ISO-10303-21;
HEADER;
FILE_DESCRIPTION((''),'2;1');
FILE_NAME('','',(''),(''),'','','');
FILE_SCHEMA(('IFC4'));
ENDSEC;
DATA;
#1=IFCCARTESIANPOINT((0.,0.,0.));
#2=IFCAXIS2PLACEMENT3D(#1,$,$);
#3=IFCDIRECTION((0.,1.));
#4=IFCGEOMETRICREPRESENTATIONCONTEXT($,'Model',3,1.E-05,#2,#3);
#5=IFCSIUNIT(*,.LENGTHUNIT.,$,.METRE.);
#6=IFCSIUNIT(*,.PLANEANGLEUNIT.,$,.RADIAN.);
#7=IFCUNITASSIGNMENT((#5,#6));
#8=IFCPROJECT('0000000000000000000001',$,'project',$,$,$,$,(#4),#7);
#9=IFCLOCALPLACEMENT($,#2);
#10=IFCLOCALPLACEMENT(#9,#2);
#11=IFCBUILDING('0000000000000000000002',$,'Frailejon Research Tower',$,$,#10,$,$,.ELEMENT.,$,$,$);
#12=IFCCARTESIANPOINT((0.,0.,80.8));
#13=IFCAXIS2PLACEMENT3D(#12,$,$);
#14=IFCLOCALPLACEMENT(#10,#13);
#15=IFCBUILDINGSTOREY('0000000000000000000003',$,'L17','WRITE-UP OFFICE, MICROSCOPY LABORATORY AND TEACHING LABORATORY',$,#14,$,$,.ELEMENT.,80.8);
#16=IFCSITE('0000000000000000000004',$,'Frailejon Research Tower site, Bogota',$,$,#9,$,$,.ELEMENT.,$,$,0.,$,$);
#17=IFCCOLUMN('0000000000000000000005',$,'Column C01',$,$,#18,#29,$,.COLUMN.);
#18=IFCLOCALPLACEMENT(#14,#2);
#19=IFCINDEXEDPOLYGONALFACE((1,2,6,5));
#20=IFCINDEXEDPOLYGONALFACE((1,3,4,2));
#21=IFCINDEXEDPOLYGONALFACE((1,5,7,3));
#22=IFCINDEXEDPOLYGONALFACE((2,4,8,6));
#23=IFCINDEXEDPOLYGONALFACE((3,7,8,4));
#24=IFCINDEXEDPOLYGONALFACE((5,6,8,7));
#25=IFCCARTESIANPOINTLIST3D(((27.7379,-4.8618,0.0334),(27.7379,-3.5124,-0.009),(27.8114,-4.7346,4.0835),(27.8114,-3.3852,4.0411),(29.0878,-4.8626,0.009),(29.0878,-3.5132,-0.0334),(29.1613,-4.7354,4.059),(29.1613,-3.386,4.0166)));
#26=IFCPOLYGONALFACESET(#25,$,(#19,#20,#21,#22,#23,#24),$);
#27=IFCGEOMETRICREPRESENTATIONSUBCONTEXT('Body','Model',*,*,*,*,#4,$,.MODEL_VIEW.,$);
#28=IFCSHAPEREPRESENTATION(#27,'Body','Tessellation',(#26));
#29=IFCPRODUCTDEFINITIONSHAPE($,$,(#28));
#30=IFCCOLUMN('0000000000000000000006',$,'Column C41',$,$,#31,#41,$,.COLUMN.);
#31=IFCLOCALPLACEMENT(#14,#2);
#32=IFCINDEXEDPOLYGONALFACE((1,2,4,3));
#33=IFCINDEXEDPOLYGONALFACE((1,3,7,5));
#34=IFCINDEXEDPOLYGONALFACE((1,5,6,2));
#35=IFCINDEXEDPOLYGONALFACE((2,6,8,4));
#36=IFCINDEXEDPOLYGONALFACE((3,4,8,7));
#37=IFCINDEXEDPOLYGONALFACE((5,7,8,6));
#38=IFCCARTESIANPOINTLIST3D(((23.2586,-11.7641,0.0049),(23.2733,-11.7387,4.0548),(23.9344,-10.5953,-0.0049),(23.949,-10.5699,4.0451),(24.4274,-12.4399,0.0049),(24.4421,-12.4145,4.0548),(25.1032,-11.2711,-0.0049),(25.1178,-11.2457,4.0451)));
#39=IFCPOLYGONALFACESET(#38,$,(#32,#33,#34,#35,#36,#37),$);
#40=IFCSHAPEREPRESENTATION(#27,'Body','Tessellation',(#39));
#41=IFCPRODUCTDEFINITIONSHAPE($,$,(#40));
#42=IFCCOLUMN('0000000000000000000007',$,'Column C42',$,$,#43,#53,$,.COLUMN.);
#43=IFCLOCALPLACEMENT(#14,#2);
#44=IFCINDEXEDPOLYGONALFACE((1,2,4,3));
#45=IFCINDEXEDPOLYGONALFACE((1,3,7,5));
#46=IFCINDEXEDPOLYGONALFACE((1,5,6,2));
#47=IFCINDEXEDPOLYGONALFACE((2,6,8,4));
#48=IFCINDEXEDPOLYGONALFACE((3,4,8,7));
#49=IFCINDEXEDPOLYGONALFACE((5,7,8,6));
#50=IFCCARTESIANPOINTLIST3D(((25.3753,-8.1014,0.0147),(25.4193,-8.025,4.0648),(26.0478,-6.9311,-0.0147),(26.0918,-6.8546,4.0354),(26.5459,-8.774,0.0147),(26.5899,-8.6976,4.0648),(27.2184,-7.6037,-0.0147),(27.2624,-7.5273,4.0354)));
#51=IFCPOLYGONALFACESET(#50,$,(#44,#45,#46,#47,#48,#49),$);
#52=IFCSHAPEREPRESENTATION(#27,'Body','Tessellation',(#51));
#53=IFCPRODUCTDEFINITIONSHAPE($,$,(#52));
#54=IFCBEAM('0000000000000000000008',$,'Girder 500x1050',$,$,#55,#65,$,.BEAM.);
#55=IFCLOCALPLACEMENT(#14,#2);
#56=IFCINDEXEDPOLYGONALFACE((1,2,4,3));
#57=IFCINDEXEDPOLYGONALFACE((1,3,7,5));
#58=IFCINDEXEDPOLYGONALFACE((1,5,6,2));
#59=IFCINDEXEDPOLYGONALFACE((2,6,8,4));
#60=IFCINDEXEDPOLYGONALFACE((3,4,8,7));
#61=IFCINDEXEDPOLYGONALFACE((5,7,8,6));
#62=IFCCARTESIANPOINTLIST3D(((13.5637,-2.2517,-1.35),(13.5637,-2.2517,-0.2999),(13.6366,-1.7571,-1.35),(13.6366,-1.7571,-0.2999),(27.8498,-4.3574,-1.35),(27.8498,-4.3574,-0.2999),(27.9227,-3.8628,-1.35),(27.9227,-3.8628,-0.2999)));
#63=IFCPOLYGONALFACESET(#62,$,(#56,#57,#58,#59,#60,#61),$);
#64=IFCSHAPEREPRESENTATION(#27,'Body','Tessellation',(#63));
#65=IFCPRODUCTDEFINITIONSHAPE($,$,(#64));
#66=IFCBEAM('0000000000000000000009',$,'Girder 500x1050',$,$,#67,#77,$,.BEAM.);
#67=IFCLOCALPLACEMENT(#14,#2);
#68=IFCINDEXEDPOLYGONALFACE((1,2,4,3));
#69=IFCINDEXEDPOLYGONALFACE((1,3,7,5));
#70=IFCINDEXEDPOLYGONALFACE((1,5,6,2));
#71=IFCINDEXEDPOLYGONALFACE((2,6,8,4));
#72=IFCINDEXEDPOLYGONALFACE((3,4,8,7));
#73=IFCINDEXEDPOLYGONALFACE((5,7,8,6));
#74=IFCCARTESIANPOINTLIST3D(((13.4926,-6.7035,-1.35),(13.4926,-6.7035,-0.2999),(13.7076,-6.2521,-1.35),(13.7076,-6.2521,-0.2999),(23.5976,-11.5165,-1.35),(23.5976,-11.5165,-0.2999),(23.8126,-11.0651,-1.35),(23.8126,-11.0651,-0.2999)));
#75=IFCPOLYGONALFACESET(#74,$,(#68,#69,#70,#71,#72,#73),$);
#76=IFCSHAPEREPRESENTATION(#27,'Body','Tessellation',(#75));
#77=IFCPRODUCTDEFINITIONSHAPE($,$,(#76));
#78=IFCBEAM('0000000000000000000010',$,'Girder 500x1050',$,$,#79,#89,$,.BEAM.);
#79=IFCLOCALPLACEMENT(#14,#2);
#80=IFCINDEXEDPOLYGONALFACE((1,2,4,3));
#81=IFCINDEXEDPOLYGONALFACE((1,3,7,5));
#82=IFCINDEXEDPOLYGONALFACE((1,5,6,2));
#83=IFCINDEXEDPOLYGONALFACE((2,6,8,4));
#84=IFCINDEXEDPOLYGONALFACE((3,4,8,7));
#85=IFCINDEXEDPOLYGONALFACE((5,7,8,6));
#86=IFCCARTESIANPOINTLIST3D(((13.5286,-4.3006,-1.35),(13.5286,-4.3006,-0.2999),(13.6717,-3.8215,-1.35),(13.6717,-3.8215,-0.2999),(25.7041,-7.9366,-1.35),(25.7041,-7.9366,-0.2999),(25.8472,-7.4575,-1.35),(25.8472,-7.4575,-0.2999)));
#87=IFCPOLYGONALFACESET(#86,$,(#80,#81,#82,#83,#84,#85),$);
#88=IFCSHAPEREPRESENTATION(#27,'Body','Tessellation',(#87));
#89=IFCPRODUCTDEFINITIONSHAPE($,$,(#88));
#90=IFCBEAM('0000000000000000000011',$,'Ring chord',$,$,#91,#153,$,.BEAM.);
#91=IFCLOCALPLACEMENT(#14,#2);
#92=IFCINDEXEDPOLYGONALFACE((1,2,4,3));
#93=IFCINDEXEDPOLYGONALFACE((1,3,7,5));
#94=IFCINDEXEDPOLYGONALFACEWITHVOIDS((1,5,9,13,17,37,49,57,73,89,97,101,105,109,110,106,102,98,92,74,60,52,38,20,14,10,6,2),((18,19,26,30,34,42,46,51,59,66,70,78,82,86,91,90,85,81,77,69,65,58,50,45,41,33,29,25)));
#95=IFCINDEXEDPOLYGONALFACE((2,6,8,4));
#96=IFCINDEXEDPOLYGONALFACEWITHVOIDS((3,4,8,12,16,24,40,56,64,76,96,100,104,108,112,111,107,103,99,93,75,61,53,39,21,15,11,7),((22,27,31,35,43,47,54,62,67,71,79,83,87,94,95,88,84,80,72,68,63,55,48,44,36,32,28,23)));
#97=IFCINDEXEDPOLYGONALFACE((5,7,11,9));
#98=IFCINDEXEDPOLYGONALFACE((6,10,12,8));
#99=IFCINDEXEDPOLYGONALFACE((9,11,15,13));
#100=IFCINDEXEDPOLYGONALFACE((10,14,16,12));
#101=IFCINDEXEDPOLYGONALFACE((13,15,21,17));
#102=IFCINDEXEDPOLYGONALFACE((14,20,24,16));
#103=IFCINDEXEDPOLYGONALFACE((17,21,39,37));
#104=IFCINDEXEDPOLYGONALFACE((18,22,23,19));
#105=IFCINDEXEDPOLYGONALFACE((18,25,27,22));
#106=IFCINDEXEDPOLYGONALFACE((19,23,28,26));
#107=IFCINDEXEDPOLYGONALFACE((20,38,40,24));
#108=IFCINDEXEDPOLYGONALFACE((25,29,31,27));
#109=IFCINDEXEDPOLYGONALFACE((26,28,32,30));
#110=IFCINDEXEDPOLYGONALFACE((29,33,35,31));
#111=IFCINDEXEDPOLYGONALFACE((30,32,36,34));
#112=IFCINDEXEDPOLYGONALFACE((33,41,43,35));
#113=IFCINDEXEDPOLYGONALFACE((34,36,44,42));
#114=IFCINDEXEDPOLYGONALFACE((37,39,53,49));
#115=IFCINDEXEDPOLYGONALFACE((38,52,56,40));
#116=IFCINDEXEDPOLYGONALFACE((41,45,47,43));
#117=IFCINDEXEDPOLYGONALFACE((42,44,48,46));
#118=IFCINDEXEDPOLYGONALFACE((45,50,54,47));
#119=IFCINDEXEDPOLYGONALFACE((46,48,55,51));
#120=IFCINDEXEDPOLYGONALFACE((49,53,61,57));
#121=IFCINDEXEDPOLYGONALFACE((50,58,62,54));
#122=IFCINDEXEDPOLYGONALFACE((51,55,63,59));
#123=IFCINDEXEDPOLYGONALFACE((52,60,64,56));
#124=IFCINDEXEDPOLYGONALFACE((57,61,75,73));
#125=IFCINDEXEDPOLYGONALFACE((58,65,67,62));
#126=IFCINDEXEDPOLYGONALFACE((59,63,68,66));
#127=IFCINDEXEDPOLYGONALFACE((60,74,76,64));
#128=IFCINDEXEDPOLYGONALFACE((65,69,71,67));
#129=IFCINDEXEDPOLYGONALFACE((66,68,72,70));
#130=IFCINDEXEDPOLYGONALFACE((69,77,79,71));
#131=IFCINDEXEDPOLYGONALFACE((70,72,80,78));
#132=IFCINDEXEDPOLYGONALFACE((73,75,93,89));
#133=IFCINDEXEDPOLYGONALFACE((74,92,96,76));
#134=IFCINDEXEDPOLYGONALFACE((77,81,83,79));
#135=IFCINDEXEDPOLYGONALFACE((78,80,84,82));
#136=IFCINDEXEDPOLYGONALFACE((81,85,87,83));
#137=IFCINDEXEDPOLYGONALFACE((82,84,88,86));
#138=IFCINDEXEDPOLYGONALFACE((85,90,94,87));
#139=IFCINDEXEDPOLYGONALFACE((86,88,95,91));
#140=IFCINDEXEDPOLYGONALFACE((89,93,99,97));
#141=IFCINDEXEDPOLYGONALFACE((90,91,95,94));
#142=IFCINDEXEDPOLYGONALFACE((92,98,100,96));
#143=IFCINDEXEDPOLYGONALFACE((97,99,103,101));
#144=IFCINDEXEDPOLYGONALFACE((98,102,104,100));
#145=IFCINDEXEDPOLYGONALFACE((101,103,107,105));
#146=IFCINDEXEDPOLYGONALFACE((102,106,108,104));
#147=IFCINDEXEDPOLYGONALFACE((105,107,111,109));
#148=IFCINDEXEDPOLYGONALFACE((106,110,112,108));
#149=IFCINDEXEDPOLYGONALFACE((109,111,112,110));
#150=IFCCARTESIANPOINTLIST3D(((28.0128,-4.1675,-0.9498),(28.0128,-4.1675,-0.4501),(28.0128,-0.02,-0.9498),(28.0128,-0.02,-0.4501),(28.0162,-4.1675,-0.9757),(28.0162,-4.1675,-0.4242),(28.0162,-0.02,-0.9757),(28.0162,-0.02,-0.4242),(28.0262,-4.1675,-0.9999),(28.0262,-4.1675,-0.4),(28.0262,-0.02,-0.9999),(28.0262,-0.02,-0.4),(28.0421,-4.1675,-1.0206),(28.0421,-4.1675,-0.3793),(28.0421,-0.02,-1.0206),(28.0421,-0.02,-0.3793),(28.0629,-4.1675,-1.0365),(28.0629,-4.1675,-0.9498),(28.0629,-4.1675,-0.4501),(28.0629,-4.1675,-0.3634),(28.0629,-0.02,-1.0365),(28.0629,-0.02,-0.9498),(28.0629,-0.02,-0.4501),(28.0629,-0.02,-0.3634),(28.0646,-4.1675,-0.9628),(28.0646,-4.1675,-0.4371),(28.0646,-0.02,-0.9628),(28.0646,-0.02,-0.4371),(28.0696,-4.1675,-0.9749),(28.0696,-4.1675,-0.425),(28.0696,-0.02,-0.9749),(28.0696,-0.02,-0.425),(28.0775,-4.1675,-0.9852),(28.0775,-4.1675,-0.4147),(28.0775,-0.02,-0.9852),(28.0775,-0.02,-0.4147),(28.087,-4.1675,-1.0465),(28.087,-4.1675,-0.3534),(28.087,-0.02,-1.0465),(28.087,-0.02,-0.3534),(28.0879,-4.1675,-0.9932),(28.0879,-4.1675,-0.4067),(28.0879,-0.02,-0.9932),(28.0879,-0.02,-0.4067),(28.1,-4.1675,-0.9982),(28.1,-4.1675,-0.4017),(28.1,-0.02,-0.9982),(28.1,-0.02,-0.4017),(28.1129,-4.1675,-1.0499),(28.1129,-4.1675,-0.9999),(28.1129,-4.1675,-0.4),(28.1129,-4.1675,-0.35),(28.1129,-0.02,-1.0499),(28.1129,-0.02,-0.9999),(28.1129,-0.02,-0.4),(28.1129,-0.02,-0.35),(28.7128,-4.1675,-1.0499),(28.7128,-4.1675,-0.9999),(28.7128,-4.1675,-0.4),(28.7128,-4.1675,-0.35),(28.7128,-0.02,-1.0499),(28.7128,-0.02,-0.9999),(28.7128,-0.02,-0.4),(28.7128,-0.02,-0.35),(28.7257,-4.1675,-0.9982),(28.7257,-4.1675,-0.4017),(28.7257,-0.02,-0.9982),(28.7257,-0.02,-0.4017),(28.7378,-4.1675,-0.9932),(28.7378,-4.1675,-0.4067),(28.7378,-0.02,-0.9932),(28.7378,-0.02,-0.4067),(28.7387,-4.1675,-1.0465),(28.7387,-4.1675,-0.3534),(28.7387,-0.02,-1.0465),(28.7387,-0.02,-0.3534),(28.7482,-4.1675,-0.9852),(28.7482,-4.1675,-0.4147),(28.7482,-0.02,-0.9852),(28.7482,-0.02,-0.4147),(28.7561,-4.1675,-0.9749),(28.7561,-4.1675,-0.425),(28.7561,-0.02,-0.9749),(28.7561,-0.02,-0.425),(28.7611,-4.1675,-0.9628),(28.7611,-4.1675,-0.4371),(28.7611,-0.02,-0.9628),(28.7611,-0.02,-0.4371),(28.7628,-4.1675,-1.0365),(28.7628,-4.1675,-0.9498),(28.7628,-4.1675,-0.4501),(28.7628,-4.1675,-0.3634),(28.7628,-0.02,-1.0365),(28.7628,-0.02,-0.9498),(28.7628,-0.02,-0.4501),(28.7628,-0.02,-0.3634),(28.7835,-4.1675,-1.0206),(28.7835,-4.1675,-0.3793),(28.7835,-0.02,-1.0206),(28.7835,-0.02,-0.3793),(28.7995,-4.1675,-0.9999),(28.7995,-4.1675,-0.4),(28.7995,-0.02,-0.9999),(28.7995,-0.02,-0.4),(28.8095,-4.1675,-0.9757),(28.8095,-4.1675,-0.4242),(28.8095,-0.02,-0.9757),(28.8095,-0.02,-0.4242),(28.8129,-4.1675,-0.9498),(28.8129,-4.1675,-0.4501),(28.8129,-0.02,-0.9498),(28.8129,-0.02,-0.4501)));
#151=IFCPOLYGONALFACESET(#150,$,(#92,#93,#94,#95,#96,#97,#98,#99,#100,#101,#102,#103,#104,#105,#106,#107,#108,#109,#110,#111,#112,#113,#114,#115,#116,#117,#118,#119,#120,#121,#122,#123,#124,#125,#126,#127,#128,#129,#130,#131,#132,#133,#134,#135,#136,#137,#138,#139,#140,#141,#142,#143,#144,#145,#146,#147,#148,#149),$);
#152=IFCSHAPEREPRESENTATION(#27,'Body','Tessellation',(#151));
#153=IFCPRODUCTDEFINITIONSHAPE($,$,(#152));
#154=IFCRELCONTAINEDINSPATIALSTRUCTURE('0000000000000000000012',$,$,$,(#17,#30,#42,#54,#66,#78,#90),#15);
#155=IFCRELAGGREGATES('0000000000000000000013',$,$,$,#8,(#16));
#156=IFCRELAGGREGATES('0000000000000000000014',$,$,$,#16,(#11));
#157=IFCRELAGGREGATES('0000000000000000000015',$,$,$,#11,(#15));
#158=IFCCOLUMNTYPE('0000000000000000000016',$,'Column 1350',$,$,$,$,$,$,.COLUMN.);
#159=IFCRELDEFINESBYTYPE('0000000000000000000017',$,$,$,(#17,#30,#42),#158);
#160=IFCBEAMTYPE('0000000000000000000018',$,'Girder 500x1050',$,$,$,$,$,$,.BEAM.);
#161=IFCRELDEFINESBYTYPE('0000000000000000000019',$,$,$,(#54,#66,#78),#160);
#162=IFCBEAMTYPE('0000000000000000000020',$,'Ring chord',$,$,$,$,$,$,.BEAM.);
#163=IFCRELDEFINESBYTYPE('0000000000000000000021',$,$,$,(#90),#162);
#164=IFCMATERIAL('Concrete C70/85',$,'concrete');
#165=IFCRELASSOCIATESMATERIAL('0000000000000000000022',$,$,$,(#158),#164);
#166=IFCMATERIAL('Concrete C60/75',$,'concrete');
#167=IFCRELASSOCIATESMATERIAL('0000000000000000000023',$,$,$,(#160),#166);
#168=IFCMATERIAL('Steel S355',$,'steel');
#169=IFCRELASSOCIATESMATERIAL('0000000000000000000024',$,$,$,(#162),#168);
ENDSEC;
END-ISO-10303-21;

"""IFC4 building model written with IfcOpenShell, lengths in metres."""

from ifc_helpers import new_model, si_unit, direction, frame, origin, origin_2d, place, context, subcontext, project, spatial, rectangle, hollow_rectangle, extrude, material, material_profile, profile_set, type_object, element, save


model = new_model("IFC4")

# Units and contexts
model_context = context("Model", 3, precision=1e-05, world=origin(), true_north=direction((0.0, 1.0)))
body_context = subcontext(model_context, "Body", "Model", "MODEL_VIEW")
ifc_project = project(units=[si_unit("LENGTHUNIT", "METRE"), si_unit("PLANEANGLEUNIT", "RADIAN")], contexts=[model_context])

# Site, building, storey
site_placement = place(None, origin())
site = spatial("IfcSite", under=ifc_project, at=site_placement, Name="Frailejon Research Tower site, Bogota", CompositionType="ELEMENT", RefElevation=0.0)
building_placement = place(site_placement, origin())
building = spatial("IfcBuilding", under=site, at=building_placement, Name="Frailejon Research Tower", CompositionType="ELEMENT")
storey_placement = place(building_placement, frame((0.0, 0.0, 80.8)))
storey = spatial("IfcBuildingStorey", under=building, at=storey_placement, Name="L17", Description="WRITE-UP OFFICE, MICROSCOPY LABORATORY AND TEACHING LABORATORY", CompositionType="ELEMENT", Elevation=80.8)

# Columns
ifc_material_1 = material(Name="Concrete C70/85", Category="concrete")
ifc_material_profile_1 = material_profile(ifc_material_1, rectangle(XDim=1.3501, YDim=1.3501, at=origin_2d()), Name="Column 1350")
ifc_profile_set_1 = profile_set([ifc_material_profile_1], Name="Concrete C70/85")
column_type = type_object("IfcColumnType", Name="Column 1350", PredefinedType="COLUMN", material=ifc_profile_set_1)
column_1_placement = place(storey_placement, frame((28.4128, -4.1875, 0.0), z_axis=(0.018133, 0.031386, 0.999343), x_axis=(-0.000022, 0.999507, -0.03139)))
element("IfcColumn", 1, at=column_1_placement, inside=storey, type_object=column_type, Name="Column C01", PredefinedType="COLUMN", context=body_context, shape_type="SweptSolid", body=[
    extrude(rectangle(XDim=1.3501, YDim=1.3501, at=origin_2d()), origin(), (0.0, 0.0, 1.0), 4.0527),
])
column_2_placement = place(storey_placement, frame((24.1809, -11.5176, 0.0), z_axis=(0.003617, 0.006269, 0.999974), x_axis=(0.50053, 0.865689, -0.007238)))
element("IfcColumn", 2, at=column_2_placement, inside=storey, type_object=column_type, Name="Column C41", PredefinedType="COLUMN", context=body_context, shape_type="SweptSolid", body=[
    extrude(rectangle(XDim=1.3501, YDim=1.3501, at=origin_2d()), origin(), (0.0, 0.0, 1.0), 4.05),
])
column_3_placement = place(storey_placement, frame((26.2969, -7.8525, 0.0), z_axis=(0.010848, 0.018863, 0.999763), x_axis=(0.49811, 0.866841, -0.02176)))
element("IfcColumn", 3, at=column_3_placement, inside=storey, type_object=column_type, Name="Column C42", PredefinedType="COLUMN", context=body_context, shape_type="SweptSolid", body=[
    extrude(rectangle(XDim=1.3501, YDim=1.3501, at=origin_2d()), origin(), (0.0, 0.0, 1.0), 4.051),
])

# Beams
ifc_material_2 = material(Name="Concrete C60/75", Category="concrete")
ifc_material_profile_2 = material_profile(ifc_material_2, rectangle(XDim=0.5, YDim=1.05, at=origin_2d()), Name="Girder 500x1050")
ifc_profile_set_2 = profile_set([ifc_material_profile_2], Name="Concrete C60/75")
beam_type_1 = type_object("IfcBeamType", Name="Girder 500x1050", PredefinedType="BEAM", material=ifc_profile_set_2)
beam_1_placement = place(storey_placement, frame((27.8862, -4.1101, -0.825), z_axis=(-0.989311, 0.14582, 0.0), x_axis=(-0.14582, -0.989311, 0.0)))
element("IfcBeam", 4, at=beam_1_placement, inside=storey, type_object=beam_type_1, Name="Girder 500x1050", PredefinedType="BEAM", context=body_context, shape_type="SweptSolid", body=[
    extrude(rectangle(XDim=0.5, YDim=1.05, at=origin_2d()), origin(), (0.0, 0.0, 1.0), 14.4404),
])
beam_2_placement = place(storey_placement, frame((23.7051, -11.2908, -0.825), z_axis=(-0.902823, 0.430013, 0.0), x_axis=(-0.430013, -0.902823, 0.0)))
element("IfcBeam", 5, at=beam_2_placement, inside=storey, type_object=beam_type_1, Name="Girder 500x1050", PredefinedType="BEAM", context=body_context, shape_type="SweptSolid", body=[
    extrude(rectangle(XDim=0.5, YDim=1.05, at=origin_2d()), origin(), (0.0, 0.0, 1.0), 11.1926),
])
beam_3_placement = place(storey_placement, frame((25.7756, -7.697, -0.825), z_axis=(-0.958187, 0.286144, 0.0), x_axis=(-0.286144, -0.958187, 0.0)))
element("IfcBeam", 6, at=beam_3_placement, inside=storey, type_object=beam_type_1, Name="Girder 500x1050", PredefinedType="BEAM", context=body_context, shape_type="SweptSolid", body=[
    extrude(rectangle(XDim=0.5, YDim=1.05, at=origin_2d()), origin(), (0.0, 0.0, 1.0), 12.7068),
])
ifc_material_3 = material(Name="Steel S355", Category="steel")
ifc_material_profile_3 = material_profile(ifc_material_3, hollow_rectangle(XDim=0.8, YDim=0.7, WallThickness=0.05, InnerFilletRadius=0.05, OuterFilletRadius=0.1001, at=origin_2d()), Name="Ring chord")
ifc_profile_set_3 = profile_set([ifc_material_profile_3], Name="Steel S355")
beam_type_2 = type_object("IfcBeamType", Name="Ring chord", PredefinedType="BEAM", material=ifc_profile_set_3)
beam_4_placement = place(storey_placement, frame((28.4128, -4.1675, -0.7), z_axis=(0.0, 1.0, 0.0), x_axis=(-1.0, 0.0, 0.0)))
element("IfcBeam", 7, at=beam_4_placement, inside=storey, type_object=beam_type_2, Name="Ring chord", PredefinedType="BEAM", context=body_context, shape_type="SweptSolid", body=[
    extrude(hollow_rectangle(XDim=0.8, YDim=0.7, WallThickness=0.05, InnerFilletRadius=0.05, OuterFilletRadius=0.1001, at=origin_2d()), origin(), (0.0, 0.0, 1.0), 4.1475),
])

save(model, "model.ifc")
